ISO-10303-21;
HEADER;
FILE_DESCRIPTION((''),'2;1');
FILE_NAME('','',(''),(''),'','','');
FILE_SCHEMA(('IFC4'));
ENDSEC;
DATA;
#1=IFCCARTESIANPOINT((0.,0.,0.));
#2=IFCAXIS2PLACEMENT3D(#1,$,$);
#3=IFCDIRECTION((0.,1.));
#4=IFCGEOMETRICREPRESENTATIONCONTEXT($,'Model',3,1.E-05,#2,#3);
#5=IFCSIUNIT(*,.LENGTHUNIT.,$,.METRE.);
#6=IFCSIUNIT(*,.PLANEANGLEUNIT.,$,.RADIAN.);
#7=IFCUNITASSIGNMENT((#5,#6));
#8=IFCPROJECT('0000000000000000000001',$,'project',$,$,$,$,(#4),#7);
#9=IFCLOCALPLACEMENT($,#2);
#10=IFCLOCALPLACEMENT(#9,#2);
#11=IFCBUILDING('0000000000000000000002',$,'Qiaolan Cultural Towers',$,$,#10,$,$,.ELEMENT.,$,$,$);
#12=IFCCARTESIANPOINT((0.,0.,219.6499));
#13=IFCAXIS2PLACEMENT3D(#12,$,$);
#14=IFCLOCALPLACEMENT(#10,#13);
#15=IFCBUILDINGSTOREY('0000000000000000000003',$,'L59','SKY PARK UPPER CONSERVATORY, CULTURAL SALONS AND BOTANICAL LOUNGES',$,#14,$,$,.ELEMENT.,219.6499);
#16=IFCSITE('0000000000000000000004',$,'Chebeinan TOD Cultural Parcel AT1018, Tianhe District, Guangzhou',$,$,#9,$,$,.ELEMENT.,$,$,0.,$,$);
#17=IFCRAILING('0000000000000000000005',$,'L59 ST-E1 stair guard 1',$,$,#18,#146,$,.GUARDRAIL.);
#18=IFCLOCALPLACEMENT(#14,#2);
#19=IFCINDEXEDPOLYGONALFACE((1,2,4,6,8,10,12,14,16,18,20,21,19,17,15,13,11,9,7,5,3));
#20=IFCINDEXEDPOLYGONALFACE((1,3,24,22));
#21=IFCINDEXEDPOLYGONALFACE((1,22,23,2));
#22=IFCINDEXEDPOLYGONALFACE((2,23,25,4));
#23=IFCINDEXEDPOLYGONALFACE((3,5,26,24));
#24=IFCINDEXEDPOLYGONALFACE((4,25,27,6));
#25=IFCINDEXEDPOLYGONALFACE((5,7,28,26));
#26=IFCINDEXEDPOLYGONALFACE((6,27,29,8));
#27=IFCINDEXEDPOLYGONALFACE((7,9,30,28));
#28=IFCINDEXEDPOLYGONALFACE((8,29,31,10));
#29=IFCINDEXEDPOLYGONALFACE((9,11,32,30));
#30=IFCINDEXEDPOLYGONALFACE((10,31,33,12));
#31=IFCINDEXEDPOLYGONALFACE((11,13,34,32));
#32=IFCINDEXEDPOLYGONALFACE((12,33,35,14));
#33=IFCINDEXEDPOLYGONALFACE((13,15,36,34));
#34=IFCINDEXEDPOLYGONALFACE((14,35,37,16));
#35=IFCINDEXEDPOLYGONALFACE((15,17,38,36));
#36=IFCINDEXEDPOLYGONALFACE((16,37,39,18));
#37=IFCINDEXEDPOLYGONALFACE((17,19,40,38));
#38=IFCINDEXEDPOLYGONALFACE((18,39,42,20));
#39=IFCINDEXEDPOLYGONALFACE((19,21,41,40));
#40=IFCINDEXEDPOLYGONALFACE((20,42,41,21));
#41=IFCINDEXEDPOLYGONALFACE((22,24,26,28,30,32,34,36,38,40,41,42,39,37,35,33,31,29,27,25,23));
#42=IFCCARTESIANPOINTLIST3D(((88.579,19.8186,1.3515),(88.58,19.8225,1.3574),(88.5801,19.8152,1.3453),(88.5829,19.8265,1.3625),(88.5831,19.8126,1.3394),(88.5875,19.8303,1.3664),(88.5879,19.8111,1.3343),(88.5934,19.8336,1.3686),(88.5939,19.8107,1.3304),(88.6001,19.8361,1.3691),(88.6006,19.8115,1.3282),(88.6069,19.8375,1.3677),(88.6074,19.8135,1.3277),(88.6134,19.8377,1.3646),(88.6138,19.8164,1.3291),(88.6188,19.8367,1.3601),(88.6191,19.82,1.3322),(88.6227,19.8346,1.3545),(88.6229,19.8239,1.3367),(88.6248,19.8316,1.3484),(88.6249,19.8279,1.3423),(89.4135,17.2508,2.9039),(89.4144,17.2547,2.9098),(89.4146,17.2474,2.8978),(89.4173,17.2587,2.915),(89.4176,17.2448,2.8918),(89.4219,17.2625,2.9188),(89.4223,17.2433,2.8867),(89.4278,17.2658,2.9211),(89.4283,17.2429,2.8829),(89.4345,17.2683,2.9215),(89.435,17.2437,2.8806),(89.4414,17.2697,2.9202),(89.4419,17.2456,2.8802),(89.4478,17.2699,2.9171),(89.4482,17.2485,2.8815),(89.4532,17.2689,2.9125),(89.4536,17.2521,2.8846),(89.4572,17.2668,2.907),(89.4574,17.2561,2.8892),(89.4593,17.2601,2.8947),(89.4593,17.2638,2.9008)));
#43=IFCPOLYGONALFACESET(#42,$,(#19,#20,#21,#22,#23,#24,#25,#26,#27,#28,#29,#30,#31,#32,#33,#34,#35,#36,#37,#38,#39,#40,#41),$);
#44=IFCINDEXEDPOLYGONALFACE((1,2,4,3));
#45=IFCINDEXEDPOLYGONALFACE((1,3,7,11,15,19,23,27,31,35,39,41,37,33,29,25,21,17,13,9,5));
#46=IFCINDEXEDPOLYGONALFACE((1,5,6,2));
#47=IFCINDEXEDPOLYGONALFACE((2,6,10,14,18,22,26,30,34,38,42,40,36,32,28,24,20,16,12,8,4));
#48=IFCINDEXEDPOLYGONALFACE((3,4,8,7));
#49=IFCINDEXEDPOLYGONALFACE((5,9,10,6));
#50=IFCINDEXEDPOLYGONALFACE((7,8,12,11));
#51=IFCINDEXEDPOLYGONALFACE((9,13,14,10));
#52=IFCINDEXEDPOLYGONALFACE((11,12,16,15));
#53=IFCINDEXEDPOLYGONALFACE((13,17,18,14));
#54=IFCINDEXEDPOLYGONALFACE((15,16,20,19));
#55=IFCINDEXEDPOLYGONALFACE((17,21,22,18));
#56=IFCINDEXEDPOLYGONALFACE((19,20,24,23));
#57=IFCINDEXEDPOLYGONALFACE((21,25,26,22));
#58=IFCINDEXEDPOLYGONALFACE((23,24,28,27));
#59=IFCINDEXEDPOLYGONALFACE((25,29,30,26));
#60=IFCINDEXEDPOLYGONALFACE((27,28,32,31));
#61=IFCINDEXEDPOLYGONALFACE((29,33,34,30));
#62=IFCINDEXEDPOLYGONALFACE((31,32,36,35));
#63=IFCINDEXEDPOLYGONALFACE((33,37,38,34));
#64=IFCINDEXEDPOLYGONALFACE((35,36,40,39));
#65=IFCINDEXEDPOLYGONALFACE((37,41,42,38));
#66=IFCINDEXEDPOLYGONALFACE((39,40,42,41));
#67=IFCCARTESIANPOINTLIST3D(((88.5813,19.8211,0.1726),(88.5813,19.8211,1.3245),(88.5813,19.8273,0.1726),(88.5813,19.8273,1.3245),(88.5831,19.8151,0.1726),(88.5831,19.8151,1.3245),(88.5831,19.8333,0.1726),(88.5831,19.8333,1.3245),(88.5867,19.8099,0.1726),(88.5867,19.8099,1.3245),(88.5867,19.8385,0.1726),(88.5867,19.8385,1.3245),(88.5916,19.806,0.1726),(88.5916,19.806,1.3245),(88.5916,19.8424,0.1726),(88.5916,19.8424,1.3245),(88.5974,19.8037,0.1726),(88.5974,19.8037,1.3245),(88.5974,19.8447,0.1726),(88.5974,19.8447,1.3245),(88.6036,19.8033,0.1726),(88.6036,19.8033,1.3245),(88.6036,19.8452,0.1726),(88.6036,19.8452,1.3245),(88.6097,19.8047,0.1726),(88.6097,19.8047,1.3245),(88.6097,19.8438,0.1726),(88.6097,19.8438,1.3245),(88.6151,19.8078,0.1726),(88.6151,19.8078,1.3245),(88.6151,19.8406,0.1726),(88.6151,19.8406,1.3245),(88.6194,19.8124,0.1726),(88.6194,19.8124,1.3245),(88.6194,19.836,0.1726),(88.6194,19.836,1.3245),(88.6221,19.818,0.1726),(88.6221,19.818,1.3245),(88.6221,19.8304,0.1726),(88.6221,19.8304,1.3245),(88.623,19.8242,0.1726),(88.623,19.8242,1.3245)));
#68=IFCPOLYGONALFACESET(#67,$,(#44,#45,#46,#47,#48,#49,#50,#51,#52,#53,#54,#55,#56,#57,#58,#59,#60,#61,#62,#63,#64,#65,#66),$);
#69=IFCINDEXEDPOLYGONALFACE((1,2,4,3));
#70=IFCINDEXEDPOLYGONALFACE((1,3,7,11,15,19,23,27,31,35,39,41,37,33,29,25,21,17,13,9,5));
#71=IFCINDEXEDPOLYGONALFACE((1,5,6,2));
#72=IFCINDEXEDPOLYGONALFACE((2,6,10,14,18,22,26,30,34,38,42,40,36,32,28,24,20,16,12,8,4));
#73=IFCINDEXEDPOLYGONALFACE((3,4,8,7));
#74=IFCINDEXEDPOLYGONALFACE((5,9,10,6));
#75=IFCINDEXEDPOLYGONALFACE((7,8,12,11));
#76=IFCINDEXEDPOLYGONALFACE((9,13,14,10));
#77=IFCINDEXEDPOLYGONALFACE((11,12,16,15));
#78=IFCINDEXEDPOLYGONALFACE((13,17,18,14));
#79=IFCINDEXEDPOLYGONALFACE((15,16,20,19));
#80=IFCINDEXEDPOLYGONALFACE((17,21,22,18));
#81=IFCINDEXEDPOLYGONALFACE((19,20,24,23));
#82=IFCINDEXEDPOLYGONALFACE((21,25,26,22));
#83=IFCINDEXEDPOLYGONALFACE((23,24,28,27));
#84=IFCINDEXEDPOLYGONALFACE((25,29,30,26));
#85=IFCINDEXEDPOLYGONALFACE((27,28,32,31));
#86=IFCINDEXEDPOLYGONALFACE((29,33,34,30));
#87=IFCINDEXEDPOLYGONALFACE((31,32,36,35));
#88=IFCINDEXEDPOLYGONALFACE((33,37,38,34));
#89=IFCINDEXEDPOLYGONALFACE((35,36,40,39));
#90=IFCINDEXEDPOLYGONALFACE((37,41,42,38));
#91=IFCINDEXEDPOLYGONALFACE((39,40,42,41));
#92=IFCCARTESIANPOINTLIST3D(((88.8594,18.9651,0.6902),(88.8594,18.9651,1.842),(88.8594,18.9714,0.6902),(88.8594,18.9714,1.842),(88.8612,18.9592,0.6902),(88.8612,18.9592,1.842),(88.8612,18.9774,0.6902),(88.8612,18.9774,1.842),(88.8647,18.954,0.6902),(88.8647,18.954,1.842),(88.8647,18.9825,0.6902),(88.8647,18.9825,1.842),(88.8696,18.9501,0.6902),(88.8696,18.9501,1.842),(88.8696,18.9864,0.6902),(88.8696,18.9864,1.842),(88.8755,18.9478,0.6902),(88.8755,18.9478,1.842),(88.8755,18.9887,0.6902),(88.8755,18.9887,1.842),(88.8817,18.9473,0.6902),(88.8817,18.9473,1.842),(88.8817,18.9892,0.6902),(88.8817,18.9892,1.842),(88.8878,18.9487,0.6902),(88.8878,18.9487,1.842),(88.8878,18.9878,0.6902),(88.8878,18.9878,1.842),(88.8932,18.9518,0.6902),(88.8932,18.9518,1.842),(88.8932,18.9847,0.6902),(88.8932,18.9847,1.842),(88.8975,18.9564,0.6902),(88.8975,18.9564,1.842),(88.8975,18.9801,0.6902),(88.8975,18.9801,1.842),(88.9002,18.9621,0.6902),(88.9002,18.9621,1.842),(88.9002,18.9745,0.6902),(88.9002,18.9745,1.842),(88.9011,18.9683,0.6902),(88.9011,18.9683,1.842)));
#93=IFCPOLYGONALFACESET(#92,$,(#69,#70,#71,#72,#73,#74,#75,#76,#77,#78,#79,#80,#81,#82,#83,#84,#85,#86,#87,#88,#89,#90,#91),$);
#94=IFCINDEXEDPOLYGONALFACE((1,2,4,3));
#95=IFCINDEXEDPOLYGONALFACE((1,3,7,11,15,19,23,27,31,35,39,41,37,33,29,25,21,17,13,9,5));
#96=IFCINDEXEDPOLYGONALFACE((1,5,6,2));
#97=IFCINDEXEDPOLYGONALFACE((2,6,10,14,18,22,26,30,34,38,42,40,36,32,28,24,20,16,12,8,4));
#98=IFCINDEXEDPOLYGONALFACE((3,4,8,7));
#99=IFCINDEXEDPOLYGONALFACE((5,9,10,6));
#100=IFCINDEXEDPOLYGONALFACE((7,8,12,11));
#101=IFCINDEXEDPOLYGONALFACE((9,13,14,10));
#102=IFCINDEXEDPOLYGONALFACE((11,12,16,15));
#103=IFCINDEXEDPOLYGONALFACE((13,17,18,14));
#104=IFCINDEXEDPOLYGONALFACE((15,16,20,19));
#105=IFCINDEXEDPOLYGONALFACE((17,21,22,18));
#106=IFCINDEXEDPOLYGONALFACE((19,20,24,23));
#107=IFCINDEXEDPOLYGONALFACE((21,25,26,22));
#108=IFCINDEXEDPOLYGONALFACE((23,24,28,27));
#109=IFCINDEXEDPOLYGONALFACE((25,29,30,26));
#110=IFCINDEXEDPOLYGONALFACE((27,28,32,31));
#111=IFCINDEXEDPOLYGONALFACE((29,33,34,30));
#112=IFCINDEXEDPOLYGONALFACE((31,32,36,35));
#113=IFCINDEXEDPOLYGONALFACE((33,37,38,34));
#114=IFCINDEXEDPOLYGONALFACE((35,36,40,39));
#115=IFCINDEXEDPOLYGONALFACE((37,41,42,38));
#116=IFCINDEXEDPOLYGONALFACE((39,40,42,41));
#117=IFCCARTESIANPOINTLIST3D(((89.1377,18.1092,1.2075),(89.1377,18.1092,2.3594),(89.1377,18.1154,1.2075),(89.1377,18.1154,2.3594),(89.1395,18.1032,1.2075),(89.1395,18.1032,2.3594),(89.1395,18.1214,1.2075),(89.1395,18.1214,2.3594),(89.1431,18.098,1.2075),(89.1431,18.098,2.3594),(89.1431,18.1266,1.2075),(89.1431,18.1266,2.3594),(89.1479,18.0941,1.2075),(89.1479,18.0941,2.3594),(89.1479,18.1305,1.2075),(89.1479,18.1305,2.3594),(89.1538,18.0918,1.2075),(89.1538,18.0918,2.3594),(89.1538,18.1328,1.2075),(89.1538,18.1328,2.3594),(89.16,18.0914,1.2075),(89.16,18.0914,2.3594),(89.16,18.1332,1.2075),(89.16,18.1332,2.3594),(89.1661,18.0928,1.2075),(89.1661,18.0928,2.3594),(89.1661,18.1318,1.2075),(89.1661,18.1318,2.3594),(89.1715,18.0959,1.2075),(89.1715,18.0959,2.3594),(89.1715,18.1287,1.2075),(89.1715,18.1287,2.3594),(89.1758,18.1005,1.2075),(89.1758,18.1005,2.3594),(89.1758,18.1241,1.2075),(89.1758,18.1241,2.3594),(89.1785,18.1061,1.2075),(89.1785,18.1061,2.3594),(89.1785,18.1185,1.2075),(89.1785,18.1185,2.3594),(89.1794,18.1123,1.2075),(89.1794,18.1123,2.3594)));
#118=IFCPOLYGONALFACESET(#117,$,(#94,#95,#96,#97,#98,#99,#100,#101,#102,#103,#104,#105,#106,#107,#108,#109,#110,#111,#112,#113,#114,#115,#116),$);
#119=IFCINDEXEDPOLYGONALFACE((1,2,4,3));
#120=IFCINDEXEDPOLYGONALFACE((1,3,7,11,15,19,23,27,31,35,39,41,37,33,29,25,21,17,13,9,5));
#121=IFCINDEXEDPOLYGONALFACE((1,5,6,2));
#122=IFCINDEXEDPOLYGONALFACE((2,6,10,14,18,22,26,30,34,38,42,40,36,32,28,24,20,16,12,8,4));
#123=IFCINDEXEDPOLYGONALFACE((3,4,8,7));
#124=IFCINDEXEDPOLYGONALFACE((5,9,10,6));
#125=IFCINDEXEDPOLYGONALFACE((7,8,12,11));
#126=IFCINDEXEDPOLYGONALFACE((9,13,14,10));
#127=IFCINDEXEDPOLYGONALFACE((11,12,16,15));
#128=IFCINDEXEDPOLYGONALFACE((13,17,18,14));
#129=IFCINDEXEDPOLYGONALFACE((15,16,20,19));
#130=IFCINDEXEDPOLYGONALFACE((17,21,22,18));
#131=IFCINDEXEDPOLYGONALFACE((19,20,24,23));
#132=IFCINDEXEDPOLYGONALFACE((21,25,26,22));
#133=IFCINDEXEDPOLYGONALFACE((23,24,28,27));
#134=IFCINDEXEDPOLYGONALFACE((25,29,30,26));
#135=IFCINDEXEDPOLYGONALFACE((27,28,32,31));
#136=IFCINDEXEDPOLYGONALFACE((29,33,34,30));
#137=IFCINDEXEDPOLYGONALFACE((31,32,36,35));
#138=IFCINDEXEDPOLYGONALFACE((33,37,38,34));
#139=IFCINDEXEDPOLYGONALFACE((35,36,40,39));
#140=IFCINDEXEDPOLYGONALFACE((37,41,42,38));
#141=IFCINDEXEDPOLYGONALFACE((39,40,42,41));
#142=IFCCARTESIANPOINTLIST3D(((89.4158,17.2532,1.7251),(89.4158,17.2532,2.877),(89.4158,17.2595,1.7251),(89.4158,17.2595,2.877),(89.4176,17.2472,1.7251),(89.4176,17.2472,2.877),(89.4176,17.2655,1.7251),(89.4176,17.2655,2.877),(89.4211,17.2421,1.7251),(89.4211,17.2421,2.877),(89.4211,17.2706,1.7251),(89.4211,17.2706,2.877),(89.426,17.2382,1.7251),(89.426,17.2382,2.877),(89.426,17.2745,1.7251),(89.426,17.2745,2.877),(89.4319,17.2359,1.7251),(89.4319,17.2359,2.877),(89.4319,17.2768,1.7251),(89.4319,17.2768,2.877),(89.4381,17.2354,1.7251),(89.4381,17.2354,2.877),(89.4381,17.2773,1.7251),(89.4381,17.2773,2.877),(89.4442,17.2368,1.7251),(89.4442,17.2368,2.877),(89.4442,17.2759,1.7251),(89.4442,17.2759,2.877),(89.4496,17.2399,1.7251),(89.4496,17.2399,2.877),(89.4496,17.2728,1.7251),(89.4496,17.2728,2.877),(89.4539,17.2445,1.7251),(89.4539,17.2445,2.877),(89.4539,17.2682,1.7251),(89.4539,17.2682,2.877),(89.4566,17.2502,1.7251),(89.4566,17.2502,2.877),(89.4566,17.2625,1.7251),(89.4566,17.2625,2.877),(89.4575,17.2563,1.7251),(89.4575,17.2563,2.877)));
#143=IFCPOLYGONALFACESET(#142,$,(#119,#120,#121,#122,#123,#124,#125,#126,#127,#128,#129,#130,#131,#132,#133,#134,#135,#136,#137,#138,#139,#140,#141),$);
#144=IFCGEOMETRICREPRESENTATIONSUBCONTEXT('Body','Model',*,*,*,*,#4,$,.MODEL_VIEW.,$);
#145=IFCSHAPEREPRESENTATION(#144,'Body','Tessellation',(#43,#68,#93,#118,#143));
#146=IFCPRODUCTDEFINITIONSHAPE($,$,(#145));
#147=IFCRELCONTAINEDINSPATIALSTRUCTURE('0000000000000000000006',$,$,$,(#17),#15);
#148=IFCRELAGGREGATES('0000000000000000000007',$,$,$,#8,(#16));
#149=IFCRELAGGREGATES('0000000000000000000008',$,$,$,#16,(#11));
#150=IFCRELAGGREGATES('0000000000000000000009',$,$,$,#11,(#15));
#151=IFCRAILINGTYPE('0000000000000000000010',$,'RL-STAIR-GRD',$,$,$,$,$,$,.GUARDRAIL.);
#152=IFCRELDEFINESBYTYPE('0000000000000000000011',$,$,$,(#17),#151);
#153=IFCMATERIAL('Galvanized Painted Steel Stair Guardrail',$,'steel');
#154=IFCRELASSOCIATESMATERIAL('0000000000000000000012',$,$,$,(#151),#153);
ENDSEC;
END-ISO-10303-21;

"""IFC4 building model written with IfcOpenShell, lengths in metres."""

from ifc_helpers import new_model, si_unit, direction, frame, origin, origin_2d, place, context, subcontext, project, spatial, circle, extrude, material, type_object, element, save


model = new_model("IFC4")

# Units and contexts
model_context = context("Model", 3, precision=1e-05, world=origin(), true_north=direction((0.0, 1.0)))
body_context = subcontext(model_context, "Body", "Model", "MODEL_VIEW")
ifc_project = project(units=[si_unit("LENGTHUNIT", "METRE"), si_unit("PLANEANGLEUNIT", "RADIAN")], contexts=[model_context])

# Site, building, storey
site_placement = place(None, origin())
site = spatial("IfcSite", under=ifc_project, at=site_placement, Name="Chebeinan TOD Cultural Parcel AT1018, Tianhe District, Guangzhou", CompositionType="ELEMENT", RefElevation=0.0)
building_placement = place(site_placement, origin())
building = spatial("IfcBuilding", under=site, at=building_placement, Name="Qiaolan Cultural Towers", CompositionType="ELEMENT")
storey_placement = place(building_placement, frame((0.0, 0.0, 219.6499)))
storey = spatial("IfcBuildingStorey", under=building, at=storey_placement, Name="L59", Description="SKY PARK UPPER CONSERVATORY, CULTURAL SALONS AND BOTANICAL LOUNGES", CompositionType="ELEMENT", Elevation=219.6499)

# Railing
ifc_material_1 = material(Name="Galvanized Painted Steel Stair Guardrail", Category="steel")
railing_type_1 = type_object("IfcRailingType", Name="RL-STAIR-GRD", PredefinedType="GUARDRAIL", material=ifc_material_1)
railing_1_placement = place(storey_placement, frame((88.6021, 19.8242, 0.1726)))
element("IfcRailing", 1, at=railing_1_placement, inside=storey, type_object=railing_type_1, Name="L59 ST-E1 stair guard 1", PredefinedType="GUARDRAIL", context=body_context, shape_type="SweptSolid", body=[
    extrude(circle(Radius=0.0239, at=origin_2d()), frame((0.0, 0.0, 1.1758), z_axis=(0.267926, -0.824471, 0.498461), x_axis=(0.951043, 0.309057, 0.0)), (0.0, 0.0, 1.0), 3.1145),
    extrude(circle(Radius=0.021, at=origin_2d()), origin(), (0.0, 0.0, 1.0), 1.1519),
    extrude(circle(Radius=0.021, at=origin_2d()), frame((0.2781, -0.856, 0.5176)), (0.0, 0.0, 1.0), 1.1519),
    extrude(circle(Radius=0.021, at=origin_2d()), frame((0.5564, -1.7119, 1.0349)), (0.0, 0.0, 1.0), 1.1519),
    extrude(circle(Radius=0.021, at=origin_2d()), frame((0.8345, -2.5679, 1.5525)), (0.0, 0.0, 1.0), 1.1519),
])

save(model, "model.ifc")
